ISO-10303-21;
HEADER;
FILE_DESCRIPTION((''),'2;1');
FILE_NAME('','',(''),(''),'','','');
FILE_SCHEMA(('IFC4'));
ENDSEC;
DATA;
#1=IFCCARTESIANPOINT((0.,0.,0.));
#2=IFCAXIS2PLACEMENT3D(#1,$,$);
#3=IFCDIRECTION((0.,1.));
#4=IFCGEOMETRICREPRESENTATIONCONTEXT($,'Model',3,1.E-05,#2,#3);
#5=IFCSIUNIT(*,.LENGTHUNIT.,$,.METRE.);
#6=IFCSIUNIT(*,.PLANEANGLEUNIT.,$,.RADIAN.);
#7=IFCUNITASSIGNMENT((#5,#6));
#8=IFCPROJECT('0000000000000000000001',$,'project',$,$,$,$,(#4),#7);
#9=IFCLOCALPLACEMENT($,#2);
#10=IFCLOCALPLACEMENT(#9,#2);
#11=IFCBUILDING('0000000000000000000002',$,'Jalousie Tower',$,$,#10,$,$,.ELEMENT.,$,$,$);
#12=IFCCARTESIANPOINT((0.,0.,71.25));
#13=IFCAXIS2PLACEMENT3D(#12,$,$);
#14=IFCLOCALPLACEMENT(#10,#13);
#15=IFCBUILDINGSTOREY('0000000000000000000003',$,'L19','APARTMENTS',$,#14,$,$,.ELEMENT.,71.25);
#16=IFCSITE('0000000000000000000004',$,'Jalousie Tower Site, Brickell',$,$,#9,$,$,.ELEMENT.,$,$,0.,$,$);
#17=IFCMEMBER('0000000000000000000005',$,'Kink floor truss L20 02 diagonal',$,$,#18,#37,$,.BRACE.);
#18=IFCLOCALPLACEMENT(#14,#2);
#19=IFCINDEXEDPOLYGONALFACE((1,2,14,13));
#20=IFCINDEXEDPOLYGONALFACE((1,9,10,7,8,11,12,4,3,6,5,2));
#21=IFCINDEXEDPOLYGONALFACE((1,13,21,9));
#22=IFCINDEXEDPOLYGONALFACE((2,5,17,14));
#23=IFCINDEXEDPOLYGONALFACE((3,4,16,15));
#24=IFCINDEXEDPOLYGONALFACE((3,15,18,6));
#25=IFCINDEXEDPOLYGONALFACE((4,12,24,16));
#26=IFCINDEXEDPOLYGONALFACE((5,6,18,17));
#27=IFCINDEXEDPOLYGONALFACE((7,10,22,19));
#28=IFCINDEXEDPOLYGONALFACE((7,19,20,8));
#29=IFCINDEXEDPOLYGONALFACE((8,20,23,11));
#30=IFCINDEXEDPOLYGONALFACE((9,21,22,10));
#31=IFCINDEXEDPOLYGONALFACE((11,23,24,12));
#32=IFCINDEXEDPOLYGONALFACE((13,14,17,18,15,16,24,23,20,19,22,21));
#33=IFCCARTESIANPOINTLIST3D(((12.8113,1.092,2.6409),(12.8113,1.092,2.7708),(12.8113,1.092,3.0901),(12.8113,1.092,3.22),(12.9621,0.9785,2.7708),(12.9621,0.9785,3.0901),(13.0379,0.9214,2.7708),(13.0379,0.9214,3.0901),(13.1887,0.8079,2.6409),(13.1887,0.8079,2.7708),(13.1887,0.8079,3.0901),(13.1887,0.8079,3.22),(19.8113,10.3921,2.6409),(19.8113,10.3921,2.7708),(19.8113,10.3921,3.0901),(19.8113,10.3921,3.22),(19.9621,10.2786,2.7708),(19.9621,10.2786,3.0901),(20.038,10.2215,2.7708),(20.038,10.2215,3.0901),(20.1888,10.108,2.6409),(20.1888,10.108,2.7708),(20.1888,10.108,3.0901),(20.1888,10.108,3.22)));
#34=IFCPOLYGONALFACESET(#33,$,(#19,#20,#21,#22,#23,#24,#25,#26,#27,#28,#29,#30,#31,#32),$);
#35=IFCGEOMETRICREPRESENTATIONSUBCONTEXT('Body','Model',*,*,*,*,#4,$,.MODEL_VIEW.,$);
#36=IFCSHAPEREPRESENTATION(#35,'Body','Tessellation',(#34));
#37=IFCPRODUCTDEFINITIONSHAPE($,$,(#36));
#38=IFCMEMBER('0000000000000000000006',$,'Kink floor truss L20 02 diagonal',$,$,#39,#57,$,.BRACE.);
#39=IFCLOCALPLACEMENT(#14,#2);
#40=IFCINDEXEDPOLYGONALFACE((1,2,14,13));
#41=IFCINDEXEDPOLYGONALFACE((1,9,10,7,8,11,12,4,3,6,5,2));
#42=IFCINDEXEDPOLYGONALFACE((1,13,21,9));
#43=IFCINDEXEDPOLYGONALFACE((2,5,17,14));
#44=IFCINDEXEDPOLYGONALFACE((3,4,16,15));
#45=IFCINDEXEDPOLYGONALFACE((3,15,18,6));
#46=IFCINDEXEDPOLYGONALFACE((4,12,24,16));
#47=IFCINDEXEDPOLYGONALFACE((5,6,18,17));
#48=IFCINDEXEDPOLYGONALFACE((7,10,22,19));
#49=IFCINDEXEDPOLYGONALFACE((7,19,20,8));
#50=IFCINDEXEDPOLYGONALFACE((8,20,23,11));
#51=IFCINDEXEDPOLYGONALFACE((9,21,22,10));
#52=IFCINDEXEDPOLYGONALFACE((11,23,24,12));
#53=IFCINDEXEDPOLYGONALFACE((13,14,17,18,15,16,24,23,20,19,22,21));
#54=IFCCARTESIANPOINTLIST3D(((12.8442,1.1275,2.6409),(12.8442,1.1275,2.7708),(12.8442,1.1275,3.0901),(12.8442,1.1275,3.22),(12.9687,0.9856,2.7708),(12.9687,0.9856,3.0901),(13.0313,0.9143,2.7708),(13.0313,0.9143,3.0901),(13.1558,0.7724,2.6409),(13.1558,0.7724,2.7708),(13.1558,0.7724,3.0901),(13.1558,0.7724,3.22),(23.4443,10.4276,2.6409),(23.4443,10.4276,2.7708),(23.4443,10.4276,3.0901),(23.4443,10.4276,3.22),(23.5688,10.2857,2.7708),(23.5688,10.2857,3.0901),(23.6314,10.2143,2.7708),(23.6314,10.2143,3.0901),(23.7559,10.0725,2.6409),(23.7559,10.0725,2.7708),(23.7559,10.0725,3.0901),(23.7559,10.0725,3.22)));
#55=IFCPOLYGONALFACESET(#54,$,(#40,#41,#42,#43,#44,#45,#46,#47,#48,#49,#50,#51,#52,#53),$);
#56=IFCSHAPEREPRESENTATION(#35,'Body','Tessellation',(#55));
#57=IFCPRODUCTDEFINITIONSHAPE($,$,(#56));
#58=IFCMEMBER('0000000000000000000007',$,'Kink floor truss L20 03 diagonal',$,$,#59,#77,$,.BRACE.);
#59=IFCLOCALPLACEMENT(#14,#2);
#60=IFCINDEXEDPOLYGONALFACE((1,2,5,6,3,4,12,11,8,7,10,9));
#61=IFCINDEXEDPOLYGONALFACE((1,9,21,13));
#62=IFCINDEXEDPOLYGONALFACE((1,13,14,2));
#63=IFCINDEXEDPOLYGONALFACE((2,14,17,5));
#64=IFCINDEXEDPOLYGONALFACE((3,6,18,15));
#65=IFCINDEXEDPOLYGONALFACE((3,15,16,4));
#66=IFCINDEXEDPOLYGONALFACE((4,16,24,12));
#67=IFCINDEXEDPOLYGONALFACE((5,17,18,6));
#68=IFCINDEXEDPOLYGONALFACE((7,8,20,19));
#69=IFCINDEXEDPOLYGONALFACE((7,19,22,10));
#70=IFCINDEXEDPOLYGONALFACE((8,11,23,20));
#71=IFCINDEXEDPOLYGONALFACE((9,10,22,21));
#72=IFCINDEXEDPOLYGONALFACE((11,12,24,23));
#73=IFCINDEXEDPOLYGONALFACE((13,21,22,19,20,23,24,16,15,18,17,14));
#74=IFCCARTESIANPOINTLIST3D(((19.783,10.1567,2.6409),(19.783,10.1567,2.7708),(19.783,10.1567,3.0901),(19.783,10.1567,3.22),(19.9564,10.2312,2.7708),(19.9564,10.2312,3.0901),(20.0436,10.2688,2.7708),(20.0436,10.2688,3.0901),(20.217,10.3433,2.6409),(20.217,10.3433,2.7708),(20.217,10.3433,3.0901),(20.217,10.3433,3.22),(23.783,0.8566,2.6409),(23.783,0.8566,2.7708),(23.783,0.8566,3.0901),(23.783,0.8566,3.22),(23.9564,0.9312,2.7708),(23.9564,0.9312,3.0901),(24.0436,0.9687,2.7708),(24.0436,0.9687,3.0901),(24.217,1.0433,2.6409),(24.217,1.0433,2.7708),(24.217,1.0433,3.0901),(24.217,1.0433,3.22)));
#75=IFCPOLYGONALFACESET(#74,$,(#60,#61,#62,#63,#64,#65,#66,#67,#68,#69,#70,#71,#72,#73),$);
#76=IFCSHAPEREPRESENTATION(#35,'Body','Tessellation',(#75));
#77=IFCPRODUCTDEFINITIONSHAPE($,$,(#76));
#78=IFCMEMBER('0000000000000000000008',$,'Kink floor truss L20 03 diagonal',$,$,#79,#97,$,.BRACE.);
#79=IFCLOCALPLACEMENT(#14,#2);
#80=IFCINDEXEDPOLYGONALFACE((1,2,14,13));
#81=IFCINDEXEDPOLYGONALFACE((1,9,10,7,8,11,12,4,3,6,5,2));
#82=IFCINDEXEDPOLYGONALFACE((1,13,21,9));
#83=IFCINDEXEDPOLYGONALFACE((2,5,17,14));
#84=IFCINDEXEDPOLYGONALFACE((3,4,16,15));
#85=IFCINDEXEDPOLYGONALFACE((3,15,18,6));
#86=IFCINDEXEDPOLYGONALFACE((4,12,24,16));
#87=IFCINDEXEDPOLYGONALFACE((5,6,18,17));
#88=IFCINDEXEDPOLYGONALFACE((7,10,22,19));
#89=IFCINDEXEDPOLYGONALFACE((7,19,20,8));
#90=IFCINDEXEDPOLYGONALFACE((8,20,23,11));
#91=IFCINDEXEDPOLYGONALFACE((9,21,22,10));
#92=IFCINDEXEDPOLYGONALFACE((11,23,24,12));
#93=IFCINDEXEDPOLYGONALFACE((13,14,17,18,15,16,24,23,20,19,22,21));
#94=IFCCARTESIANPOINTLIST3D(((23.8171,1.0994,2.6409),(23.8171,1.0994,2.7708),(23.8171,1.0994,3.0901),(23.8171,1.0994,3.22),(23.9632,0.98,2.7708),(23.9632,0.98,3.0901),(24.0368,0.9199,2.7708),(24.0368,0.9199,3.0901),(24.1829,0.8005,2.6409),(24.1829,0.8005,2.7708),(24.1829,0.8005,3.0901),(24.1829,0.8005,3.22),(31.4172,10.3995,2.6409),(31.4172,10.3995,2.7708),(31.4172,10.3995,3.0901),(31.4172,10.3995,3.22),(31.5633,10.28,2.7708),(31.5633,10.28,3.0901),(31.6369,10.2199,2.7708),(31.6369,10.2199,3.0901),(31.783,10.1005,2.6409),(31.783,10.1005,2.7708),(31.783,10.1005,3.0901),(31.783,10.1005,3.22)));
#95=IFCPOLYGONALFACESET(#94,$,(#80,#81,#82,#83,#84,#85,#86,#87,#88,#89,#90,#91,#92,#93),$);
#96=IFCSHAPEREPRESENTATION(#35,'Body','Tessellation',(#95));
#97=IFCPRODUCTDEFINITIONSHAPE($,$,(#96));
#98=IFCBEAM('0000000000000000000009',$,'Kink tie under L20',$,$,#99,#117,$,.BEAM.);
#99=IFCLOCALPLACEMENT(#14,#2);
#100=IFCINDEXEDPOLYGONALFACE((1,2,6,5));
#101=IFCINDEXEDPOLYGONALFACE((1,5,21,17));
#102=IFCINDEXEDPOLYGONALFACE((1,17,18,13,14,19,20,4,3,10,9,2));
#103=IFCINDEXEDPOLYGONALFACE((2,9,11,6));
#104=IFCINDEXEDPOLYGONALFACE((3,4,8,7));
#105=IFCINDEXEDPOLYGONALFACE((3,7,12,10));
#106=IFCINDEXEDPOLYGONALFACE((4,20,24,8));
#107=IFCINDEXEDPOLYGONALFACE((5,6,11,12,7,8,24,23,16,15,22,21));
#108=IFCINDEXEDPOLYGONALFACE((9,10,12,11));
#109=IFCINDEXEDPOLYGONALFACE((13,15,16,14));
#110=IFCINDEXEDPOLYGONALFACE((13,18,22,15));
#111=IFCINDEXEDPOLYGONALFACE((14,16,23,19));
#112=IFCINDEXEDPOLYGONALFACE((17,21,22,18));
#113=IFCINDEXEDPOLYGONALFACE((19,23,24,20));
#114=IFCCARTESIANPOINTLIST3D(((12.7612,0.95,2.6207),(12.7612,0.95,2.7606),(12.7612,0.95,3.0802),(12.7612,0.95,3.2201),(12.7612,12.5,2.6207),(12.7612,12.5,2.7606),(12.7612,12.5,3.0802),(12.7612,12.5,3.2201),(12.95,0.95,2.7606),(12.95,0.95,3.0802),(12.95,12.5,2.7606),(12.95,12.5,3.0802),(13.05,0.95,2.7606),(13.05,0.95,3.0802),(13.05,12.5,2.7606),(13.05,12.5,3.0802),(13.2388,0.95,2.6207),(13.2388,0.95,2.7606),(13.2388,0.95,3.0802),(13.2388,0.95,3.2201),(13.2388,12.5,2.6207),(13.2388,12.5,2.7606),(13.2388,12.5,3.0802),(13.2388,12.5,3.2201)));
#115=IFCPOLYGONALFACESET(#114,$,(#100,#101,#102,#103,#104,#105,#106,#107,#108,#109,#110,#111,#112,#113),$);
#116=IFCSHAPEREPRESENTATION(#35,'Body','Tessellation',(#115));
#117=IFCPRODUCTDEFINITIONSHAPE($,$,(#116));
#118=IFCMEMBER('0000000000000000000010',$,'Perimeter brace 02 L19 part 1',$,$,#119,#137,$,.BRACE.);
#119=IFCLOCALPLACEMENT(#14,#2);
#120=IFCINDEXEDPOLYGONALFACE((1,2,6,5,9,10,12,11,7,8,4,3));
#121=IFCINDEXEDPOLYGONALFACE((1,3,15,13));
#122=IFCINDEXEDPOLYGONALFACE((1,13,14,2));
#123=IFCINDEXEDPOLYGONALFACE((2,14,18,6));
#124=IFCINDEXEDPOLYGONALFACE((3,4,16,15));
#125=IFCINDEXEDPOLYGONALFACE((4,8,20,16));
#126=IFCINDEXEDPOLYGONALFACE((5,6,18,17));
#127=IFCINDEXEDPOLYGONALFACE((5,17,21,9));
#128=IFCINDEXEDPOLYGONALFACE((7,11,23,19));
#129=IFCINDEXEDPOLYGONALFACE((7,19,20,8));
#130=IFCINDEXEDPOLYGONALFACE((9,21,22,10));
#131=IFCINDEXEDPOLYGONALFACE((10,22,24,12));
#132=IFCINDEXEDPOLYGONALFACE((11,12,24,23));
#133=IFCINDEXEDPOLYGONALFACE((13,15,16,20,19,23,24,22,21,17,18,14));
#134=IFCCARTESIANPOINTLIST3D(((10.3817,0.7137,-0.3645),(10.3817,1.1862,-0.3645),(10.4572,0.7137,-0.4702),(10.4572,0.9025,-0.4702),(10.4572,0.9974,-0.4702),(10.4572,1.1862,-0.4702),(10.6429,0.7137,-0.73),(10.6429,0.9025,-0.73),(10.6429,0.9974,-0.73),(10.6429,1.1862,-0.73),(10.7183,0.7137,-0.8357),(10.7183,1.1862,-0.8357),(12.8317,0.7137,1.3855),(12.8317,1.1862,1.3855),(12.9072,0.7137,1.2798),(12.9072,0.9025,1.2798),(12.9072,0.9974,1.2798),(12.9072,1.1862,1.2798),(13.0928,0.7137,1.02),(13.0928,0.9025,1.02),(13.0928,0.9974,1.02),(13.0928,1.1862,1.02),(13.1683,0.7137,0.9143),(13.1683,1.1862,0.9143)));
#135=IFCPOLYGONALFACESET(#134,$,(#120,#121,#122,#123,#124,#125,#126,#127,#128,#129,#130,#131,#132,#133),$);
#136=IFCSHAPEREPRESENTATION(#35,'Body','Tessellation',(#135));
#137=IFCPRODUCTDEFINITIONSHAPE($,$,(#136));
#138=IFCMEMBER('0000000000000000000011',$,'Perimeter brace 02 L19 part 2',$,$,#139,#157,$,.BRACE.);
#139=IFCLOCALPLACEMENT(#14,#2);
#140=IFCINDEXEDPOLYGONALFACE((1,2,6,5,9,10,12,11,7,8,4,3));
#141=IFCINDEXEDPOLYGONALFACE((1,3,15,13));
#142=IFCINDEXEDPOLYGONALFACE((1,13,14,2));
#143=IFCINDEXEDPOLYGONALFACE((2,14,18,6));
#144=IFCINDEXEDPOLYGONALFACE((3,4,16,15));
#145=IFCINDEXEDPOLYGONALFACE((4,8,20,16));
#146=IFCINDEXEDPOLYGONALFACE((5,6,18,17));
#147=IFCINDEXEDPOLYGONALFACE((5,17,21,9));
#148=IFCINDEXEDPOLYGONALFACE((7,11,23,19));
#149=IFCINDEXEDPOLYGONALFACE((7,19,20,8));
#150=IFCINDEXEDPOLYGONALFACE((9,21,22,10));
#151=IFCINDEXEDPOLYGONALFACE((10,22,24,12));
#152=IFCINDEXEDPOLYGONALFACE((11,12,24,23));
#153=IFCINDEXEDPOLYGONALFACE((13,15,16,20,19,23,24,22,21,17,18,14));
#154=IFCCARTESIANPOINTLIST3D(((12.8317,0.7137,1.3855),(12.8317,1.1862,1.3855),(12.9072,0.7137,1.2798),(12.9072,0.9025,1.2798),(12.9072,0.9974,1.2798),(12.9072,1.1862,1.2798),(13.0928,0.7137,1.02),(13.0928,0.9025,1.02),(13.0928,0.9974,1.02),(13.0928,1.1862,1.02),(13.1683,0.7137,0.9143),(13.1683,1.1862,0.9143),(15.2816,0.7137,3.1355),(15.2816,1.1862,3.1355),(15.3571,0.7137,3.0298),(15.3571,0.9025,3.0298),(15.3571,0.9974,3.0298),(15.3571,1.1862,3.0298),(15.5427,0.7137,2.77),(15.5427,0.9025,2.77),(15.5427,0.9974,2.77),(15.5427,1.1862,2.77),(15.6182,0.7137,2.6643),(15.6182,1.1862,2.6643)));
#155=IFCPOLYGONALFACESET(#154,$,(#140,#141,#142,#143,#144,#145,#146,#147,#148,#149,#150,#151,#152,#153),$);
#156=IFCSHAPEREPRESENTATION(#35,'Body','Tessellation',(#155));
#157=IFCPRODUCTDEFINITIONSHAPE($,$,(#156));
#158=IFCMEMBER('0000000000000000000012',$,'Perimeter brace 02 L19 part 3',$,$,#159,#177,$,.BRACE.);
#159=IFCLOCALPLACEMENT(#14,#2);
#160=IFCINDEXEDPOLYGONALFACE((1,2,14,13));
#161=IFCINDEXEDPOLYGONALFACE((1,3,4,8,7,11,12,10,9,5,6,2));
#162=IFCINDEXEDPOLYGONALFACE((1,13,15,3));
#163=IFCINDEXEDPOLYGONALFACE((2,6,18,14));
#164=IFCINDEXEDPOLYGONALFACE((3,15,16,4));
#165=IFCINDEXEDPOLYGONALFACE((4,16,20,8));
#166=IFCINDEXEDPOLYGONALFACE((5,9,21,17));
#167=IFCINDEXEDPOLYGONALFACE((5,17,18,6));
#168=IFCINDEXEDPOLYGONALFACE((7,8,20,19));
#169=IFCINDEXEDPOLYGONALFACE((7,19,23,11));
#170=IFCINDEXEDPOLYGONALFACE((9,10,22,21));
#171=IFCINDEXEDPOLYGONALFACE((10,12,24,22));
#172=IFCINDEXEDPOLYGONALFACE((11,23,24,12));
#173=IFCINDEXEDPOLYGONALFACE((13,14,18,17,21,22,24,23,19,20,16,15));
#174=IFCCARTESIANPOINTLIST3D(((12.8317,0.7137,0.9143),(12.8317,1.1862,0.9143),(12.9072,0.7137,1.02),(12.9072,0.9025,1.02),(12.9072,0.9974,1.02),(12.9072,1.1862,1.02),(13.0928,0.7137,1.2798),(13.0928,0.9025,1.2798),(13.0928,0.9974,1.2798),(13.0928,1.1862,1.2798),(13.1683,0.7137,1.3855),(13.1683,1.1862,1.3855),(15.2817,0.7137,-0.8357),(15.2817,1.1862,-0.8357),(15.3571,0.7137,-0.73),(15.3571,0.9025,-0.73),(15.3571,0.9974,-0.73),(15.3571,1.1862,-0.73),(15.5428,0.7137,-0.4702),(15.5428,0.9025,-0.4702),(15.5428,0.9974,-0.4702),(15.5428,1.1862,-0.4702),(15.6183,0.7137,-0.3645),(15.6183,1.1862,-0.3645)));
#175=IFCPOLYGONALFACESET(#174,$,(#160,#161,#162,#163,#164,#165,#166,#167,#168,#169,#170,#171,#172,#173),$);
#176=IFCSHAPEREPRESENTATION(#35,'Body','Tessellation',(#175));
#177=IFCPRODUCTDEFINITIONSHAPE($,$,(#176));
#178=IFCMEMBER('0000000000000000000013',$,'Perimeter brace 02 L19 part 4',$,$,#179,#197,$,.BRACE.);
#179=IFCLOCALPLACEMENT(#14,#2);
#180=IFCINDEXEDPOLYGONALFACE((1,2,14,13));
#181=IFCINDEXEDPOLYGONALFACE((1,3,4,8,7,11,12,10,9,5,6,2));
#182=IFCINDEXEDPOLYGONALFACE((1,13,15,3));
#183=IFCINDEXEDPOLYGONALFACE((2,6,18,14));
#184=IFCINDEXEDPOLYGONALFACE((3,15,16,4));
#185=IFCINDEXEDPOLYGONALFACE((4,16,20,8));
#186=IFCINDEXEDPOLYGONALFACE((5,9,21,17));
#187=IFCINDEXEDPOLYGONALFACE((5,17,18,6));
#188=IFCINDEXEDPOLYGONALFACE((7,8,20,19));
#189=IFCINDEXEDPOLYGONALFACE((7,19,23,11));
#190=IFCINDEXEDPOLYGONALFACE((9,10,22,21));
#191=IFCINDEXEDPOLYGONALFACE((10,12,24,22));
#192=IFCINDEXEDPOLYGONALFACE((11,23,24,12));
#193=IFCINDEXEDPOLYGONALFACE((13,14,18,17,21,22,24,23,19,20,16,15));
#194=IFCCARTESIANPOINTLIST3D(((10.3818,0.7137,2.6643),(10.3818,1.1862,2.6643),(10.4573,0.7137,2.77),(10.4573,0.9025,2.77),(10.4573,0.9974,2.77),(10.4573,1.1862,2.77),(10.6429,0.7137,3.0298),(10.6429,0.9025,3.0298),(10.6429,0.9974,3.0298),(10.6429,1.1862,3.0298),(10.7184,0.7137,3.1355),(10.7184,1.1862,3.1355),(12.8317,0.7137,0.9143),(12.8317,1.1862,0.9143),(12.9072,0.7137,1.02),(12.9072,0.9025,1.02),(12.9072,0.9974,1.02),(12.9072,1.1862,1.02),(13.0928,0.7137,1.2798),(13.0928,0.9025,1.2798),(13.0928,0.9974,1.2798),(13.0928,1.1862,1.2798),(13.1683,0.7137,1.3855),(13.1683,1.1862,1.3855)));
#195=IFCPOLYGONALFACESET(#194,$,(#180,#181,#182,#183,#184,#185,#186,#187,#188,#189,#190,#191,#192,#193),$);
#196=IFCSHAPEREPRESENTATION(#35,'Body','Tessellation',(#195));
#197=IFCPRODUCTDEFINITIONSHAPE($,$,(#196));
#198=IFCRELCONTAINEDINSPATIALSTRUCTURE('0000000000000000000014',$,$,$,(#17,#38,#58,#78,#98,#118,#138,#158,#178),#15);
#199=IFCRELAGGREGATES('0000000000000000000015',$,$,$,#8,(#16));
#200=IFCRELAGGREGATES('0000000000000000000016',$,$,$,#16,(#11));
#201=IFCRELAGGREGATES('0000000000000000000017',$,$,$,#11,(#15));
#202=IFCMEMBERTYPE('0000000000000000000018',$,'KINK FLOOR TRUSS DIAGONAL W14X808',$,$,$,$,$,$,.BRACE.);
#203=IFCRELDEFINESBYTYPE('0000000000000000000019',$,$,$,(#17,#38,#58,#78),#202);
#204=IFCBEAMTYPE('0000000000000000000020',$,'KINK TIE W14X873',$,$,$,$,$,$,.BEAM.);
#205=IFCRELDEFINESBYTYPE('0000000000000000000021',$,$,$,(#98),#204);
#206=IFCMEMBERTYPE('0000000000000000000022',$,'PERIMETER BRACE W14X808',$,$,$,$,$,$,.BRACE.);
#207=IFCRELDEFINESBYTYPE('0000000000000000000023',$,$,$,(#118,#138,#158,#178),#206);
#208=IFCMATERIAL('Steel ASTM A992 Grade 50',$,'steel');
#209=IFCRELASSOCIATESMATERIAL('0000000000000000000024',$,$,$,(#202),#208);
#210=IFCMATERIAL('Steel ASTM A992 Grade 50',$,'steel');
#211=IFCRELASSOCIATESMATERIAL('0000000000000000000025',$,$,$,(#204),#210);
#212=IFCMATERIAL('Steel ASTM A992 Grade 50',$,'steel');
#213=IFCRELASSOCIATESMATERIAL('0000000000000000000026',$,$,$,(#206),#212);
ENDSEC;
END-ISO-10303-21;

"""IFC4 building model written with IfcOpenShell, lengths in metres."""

from ifc_helpers import new_model, si_unit, direction, frame, origin, origin_2d, place, context, subcontext, project, spatial, i_section, extrude, material, material_profile, profile_set, type_object, element, save


model = new_model("IFC4")

# Units and contexts
model_context = context("Model", 3, precision=1e-05, world=origin(), true_north=direction((0.0, 1.0)))
body_context = subcontext(model_context, "Body", "Model", "MODEL_VIEW")
ifc_project = project(units=[si_unit("LENGTHUNIT", "METRE"), si_unit("PLANEANGLEUNIT", "RADIAN")], contexts=[model_context])

# Site, building, storey
site_placement = place(None, origin())
site = spatial("IfcSite", under=ifc_project, at=site_placement, Name="Jalousie Tower Site, Brickell", CompositionType="ELEMENT", RefElevation=0.0)
building_placement = place(site_placement, origin())
building = spatial("IfcBuilding", under=site, at=building_placement, Name="Jalousie Tower", CompositionType="ELEMENT")
storey_placement = place(building_placement, frame((0.0, 0.0, 71.25)))
storey = spatial("IfcBuildingStorey", under=building, at=storey_placement, Name="L19", Description="APARTMENTS", CompositionType="ELEMENT", Elevation=71.25)

# Members
ifc_material_1 = material(Name="Steel ASTM A992 Grade 50", Category="steel")
ifc_material_profile_1 = material_profile(ifc_material_1, i_section(OverallWidth=0.4724, OverallDepth=0.5791, WebThickness=0.095, FlangeThickness=0.1299, at=origin_2d()), Name="W14X808")
ifc_profile_set_1 = profile_set([ifc_material_profile_1], Name="Steel ASTM A992 Grade 50")
member_type_1 = type_object("IfcMemberType", Name="KINK FLOOR TRUSS DIAGONAL W14X808", PredefinedType="BRACE", material=ifc_profile_set_1)
member_1_placement = place(storey_placement, frame((13.0, 0.95, 2.9304), z_axis=(0.601372, 0.798969, 0.0), x_axis=(-0.798969, 0.601372, 0.0)))
element("IfcMember", 1, at=member_1_placement, inside=storey, type_object=member_type_1, Name="Kink floor truss L20 02 diagonal", PredefinedType="BRACE", context=body_context, shape_type="SweptSolid", body=[
    extrude(i_section(OverallWidth=0.4724, OverallDepth=0.5791, WebThickness=0.095, FlangeThickness=0.1299, at=origin_2d()), origin(), (0.0, 0.0, 1.0), 11.6401),
])
member_2_placement = place(storey_placement, frame((13.0, 0.95, 2.9304), z_axis=(0.751699, 0.659507, 0.0), x_axis=(-0.659507, 0.751699, 0.0)))
element("IfcMember", 2, at=member_2_placement, inside=storey, type_object=member_type_1, Name="Kink floor truss L20 02 diagonal", PredefinedType="BRACE", context=body_context, shape_type="SweptSolid", body=[
    extrude(i_section(OverallWidth=0.4724, OverallDepth=0.5791, WebThickness=0.095, FlangeThickness=0.1299, at=origin_2d()), origin(), (0.0, 0.0, 1.0), 14.1016),
])
member_3_placement = place(storey_placement, frame((24.0, 0.95, 2.9304), z_axis=(-0.395109, 0.918634, 0.0), x_axis=(-0.918634, -0.395109, 0.0)))
element("IfcMember", 3, at=member_3_placement, inside=storey, type_object=member_type_1, Name="Kink floor truss L20 03 diagonal", PredefinedType="BRACE", context=body_context, shape_type="SweptSolid", body=[
    extrude(i_section(OverallWidth=0.4724, OverallDepth=0.5791, WebThickness=0.095, FlangeThickness=0.1299, at=origin_2d()), origin(), (0.0, 0.0, 1.0), 10.1238),
])
member_4_placement = place(storey_placement, frame((24.0, 0.95, 2.9304), z_axis=(0.632787, 0.774326, 0.0), x_axis=(-0.774326, 0.632787, 0.0)))
element("IfcMember", 4, at=member_4_placement, inside=storey, type_object=member_type_1, Name="Kink floor truss L20 03 diagonal", PredefinedType="BRACE", context=body_context, shape_type="SweptSolid", body=[
    extrude(i_section(OverallWidth=0.4724, OverallDepth=0.5791, WebThickness=0.095, FlangeThickness=0.1299, at=origin_2d()), origin(), (0.0, 0.0, 1.0), 12.0105),
])

# Beam
ifc_material_2 = material(Name="Steel ASTM A992 Grade 50", Category="steel")
ifc_material_profile_2 = material_profile(ifc_material_2, i_section(OverallWidth=0.4775, OverallDepth=0.5994, WebThickness=0.1001, FlangeThickness=0.1399, at=origin_2d()), Name="W14X873")
ifc_profile_set_2 = profile_set([ifc_material_profile_2], Name="Steel ASTM A992 Grade 50")
beam_type = type_object("IfcBeamType", Name="KINK TIE W14X873", PredefinedType="BEAM", material=ifc_profile_set_2)
beam_placement = place(storey_placement, frame((13.0, 0.95, 2.9204), z_axis=(0.0, 1.0, 0.0), x_axis=(-1.0, 0.0, 0.0)))
element("IfcBeam", 5, at=beam_placement, inside=storey, type_object=beam_type, Name="Kink tie under L20", PredefinedType="BEAM", context=body_context, shape_type="SweptSolid", body=[
    extrude(i_section(OverallWidth=0.4775, OverallDepth=0.5994, WebThickness=0.1001, FlangeThickness=0.1399, at=origin_2d()), origin(), (0.0, 0.0, 1.0), 11.55),
])

# Members
ifc_material_3 = material(Name="Steel ASTM A992 Grade 50", Category="steel")
ifc_material_profile_3 = material_profile(ifc_material_3, i_section(OverallWidth=0.4724, OverallDepth=0.5791, WebThickness=0.095, FlangeThickness=0.1299, at=origin_2d()), Name="W14X808")
ifc_profile_set_3 = profile_set([ifc_material_profile_3], Name="Steel ASTM A992 Grade 50")
member_type_2 = type_object("IfcMemberType", Name="PERIMETER BRACE W14X808", PredefinedType="BRACE", material=ifc_profile_set_3)
for number, where, z_axis, x_axis, name in (
    (6, (10.55, 0.95, -0.6001), (0.813728, 0.0, 0.581246), (0.0, 1.0, 0.0), "Perimeter brace 02 L19 part 1"),
    (7, (13.0, 0.95, 1.1499), (0.813728, 0.0, 0.581246), (0.0, 1.0, 0.0), "Perimeter brace 02 L19 part 2"),
    (8, (15.45, 0.95, -0.6001), (-0.813728, 0.0, 0.581246), (0.0, -1.0, 0.0), "Perimeter brace 02 L19 part 3"),
    (9, (13.0, 0.95, 1.1499), (-0.813728, 0.0, 0.581246), (0.0, -1.0, 0.0), "Perimeter brace 02 L19 part 4"),
):
    element("IfcMember", number, at=place(storey_placement, frame(where, z_axis=z_axis, x_axis=x_axis)), inside=storey, type_object=member_type_2, Name=name, PredefinedType="BRACE", context=body_context, shape_type="SweptSolid", body=[
        extrude(i_section(OverallWidth=0.4724, OverallDepth=0.5791, WebThickness=0.095, FlangeThickness=0.1299, at=origin_2d()), origin(), (0.0, 0.0, 1.0), 3.0107),
    ])

save(model, "model.ifc")
